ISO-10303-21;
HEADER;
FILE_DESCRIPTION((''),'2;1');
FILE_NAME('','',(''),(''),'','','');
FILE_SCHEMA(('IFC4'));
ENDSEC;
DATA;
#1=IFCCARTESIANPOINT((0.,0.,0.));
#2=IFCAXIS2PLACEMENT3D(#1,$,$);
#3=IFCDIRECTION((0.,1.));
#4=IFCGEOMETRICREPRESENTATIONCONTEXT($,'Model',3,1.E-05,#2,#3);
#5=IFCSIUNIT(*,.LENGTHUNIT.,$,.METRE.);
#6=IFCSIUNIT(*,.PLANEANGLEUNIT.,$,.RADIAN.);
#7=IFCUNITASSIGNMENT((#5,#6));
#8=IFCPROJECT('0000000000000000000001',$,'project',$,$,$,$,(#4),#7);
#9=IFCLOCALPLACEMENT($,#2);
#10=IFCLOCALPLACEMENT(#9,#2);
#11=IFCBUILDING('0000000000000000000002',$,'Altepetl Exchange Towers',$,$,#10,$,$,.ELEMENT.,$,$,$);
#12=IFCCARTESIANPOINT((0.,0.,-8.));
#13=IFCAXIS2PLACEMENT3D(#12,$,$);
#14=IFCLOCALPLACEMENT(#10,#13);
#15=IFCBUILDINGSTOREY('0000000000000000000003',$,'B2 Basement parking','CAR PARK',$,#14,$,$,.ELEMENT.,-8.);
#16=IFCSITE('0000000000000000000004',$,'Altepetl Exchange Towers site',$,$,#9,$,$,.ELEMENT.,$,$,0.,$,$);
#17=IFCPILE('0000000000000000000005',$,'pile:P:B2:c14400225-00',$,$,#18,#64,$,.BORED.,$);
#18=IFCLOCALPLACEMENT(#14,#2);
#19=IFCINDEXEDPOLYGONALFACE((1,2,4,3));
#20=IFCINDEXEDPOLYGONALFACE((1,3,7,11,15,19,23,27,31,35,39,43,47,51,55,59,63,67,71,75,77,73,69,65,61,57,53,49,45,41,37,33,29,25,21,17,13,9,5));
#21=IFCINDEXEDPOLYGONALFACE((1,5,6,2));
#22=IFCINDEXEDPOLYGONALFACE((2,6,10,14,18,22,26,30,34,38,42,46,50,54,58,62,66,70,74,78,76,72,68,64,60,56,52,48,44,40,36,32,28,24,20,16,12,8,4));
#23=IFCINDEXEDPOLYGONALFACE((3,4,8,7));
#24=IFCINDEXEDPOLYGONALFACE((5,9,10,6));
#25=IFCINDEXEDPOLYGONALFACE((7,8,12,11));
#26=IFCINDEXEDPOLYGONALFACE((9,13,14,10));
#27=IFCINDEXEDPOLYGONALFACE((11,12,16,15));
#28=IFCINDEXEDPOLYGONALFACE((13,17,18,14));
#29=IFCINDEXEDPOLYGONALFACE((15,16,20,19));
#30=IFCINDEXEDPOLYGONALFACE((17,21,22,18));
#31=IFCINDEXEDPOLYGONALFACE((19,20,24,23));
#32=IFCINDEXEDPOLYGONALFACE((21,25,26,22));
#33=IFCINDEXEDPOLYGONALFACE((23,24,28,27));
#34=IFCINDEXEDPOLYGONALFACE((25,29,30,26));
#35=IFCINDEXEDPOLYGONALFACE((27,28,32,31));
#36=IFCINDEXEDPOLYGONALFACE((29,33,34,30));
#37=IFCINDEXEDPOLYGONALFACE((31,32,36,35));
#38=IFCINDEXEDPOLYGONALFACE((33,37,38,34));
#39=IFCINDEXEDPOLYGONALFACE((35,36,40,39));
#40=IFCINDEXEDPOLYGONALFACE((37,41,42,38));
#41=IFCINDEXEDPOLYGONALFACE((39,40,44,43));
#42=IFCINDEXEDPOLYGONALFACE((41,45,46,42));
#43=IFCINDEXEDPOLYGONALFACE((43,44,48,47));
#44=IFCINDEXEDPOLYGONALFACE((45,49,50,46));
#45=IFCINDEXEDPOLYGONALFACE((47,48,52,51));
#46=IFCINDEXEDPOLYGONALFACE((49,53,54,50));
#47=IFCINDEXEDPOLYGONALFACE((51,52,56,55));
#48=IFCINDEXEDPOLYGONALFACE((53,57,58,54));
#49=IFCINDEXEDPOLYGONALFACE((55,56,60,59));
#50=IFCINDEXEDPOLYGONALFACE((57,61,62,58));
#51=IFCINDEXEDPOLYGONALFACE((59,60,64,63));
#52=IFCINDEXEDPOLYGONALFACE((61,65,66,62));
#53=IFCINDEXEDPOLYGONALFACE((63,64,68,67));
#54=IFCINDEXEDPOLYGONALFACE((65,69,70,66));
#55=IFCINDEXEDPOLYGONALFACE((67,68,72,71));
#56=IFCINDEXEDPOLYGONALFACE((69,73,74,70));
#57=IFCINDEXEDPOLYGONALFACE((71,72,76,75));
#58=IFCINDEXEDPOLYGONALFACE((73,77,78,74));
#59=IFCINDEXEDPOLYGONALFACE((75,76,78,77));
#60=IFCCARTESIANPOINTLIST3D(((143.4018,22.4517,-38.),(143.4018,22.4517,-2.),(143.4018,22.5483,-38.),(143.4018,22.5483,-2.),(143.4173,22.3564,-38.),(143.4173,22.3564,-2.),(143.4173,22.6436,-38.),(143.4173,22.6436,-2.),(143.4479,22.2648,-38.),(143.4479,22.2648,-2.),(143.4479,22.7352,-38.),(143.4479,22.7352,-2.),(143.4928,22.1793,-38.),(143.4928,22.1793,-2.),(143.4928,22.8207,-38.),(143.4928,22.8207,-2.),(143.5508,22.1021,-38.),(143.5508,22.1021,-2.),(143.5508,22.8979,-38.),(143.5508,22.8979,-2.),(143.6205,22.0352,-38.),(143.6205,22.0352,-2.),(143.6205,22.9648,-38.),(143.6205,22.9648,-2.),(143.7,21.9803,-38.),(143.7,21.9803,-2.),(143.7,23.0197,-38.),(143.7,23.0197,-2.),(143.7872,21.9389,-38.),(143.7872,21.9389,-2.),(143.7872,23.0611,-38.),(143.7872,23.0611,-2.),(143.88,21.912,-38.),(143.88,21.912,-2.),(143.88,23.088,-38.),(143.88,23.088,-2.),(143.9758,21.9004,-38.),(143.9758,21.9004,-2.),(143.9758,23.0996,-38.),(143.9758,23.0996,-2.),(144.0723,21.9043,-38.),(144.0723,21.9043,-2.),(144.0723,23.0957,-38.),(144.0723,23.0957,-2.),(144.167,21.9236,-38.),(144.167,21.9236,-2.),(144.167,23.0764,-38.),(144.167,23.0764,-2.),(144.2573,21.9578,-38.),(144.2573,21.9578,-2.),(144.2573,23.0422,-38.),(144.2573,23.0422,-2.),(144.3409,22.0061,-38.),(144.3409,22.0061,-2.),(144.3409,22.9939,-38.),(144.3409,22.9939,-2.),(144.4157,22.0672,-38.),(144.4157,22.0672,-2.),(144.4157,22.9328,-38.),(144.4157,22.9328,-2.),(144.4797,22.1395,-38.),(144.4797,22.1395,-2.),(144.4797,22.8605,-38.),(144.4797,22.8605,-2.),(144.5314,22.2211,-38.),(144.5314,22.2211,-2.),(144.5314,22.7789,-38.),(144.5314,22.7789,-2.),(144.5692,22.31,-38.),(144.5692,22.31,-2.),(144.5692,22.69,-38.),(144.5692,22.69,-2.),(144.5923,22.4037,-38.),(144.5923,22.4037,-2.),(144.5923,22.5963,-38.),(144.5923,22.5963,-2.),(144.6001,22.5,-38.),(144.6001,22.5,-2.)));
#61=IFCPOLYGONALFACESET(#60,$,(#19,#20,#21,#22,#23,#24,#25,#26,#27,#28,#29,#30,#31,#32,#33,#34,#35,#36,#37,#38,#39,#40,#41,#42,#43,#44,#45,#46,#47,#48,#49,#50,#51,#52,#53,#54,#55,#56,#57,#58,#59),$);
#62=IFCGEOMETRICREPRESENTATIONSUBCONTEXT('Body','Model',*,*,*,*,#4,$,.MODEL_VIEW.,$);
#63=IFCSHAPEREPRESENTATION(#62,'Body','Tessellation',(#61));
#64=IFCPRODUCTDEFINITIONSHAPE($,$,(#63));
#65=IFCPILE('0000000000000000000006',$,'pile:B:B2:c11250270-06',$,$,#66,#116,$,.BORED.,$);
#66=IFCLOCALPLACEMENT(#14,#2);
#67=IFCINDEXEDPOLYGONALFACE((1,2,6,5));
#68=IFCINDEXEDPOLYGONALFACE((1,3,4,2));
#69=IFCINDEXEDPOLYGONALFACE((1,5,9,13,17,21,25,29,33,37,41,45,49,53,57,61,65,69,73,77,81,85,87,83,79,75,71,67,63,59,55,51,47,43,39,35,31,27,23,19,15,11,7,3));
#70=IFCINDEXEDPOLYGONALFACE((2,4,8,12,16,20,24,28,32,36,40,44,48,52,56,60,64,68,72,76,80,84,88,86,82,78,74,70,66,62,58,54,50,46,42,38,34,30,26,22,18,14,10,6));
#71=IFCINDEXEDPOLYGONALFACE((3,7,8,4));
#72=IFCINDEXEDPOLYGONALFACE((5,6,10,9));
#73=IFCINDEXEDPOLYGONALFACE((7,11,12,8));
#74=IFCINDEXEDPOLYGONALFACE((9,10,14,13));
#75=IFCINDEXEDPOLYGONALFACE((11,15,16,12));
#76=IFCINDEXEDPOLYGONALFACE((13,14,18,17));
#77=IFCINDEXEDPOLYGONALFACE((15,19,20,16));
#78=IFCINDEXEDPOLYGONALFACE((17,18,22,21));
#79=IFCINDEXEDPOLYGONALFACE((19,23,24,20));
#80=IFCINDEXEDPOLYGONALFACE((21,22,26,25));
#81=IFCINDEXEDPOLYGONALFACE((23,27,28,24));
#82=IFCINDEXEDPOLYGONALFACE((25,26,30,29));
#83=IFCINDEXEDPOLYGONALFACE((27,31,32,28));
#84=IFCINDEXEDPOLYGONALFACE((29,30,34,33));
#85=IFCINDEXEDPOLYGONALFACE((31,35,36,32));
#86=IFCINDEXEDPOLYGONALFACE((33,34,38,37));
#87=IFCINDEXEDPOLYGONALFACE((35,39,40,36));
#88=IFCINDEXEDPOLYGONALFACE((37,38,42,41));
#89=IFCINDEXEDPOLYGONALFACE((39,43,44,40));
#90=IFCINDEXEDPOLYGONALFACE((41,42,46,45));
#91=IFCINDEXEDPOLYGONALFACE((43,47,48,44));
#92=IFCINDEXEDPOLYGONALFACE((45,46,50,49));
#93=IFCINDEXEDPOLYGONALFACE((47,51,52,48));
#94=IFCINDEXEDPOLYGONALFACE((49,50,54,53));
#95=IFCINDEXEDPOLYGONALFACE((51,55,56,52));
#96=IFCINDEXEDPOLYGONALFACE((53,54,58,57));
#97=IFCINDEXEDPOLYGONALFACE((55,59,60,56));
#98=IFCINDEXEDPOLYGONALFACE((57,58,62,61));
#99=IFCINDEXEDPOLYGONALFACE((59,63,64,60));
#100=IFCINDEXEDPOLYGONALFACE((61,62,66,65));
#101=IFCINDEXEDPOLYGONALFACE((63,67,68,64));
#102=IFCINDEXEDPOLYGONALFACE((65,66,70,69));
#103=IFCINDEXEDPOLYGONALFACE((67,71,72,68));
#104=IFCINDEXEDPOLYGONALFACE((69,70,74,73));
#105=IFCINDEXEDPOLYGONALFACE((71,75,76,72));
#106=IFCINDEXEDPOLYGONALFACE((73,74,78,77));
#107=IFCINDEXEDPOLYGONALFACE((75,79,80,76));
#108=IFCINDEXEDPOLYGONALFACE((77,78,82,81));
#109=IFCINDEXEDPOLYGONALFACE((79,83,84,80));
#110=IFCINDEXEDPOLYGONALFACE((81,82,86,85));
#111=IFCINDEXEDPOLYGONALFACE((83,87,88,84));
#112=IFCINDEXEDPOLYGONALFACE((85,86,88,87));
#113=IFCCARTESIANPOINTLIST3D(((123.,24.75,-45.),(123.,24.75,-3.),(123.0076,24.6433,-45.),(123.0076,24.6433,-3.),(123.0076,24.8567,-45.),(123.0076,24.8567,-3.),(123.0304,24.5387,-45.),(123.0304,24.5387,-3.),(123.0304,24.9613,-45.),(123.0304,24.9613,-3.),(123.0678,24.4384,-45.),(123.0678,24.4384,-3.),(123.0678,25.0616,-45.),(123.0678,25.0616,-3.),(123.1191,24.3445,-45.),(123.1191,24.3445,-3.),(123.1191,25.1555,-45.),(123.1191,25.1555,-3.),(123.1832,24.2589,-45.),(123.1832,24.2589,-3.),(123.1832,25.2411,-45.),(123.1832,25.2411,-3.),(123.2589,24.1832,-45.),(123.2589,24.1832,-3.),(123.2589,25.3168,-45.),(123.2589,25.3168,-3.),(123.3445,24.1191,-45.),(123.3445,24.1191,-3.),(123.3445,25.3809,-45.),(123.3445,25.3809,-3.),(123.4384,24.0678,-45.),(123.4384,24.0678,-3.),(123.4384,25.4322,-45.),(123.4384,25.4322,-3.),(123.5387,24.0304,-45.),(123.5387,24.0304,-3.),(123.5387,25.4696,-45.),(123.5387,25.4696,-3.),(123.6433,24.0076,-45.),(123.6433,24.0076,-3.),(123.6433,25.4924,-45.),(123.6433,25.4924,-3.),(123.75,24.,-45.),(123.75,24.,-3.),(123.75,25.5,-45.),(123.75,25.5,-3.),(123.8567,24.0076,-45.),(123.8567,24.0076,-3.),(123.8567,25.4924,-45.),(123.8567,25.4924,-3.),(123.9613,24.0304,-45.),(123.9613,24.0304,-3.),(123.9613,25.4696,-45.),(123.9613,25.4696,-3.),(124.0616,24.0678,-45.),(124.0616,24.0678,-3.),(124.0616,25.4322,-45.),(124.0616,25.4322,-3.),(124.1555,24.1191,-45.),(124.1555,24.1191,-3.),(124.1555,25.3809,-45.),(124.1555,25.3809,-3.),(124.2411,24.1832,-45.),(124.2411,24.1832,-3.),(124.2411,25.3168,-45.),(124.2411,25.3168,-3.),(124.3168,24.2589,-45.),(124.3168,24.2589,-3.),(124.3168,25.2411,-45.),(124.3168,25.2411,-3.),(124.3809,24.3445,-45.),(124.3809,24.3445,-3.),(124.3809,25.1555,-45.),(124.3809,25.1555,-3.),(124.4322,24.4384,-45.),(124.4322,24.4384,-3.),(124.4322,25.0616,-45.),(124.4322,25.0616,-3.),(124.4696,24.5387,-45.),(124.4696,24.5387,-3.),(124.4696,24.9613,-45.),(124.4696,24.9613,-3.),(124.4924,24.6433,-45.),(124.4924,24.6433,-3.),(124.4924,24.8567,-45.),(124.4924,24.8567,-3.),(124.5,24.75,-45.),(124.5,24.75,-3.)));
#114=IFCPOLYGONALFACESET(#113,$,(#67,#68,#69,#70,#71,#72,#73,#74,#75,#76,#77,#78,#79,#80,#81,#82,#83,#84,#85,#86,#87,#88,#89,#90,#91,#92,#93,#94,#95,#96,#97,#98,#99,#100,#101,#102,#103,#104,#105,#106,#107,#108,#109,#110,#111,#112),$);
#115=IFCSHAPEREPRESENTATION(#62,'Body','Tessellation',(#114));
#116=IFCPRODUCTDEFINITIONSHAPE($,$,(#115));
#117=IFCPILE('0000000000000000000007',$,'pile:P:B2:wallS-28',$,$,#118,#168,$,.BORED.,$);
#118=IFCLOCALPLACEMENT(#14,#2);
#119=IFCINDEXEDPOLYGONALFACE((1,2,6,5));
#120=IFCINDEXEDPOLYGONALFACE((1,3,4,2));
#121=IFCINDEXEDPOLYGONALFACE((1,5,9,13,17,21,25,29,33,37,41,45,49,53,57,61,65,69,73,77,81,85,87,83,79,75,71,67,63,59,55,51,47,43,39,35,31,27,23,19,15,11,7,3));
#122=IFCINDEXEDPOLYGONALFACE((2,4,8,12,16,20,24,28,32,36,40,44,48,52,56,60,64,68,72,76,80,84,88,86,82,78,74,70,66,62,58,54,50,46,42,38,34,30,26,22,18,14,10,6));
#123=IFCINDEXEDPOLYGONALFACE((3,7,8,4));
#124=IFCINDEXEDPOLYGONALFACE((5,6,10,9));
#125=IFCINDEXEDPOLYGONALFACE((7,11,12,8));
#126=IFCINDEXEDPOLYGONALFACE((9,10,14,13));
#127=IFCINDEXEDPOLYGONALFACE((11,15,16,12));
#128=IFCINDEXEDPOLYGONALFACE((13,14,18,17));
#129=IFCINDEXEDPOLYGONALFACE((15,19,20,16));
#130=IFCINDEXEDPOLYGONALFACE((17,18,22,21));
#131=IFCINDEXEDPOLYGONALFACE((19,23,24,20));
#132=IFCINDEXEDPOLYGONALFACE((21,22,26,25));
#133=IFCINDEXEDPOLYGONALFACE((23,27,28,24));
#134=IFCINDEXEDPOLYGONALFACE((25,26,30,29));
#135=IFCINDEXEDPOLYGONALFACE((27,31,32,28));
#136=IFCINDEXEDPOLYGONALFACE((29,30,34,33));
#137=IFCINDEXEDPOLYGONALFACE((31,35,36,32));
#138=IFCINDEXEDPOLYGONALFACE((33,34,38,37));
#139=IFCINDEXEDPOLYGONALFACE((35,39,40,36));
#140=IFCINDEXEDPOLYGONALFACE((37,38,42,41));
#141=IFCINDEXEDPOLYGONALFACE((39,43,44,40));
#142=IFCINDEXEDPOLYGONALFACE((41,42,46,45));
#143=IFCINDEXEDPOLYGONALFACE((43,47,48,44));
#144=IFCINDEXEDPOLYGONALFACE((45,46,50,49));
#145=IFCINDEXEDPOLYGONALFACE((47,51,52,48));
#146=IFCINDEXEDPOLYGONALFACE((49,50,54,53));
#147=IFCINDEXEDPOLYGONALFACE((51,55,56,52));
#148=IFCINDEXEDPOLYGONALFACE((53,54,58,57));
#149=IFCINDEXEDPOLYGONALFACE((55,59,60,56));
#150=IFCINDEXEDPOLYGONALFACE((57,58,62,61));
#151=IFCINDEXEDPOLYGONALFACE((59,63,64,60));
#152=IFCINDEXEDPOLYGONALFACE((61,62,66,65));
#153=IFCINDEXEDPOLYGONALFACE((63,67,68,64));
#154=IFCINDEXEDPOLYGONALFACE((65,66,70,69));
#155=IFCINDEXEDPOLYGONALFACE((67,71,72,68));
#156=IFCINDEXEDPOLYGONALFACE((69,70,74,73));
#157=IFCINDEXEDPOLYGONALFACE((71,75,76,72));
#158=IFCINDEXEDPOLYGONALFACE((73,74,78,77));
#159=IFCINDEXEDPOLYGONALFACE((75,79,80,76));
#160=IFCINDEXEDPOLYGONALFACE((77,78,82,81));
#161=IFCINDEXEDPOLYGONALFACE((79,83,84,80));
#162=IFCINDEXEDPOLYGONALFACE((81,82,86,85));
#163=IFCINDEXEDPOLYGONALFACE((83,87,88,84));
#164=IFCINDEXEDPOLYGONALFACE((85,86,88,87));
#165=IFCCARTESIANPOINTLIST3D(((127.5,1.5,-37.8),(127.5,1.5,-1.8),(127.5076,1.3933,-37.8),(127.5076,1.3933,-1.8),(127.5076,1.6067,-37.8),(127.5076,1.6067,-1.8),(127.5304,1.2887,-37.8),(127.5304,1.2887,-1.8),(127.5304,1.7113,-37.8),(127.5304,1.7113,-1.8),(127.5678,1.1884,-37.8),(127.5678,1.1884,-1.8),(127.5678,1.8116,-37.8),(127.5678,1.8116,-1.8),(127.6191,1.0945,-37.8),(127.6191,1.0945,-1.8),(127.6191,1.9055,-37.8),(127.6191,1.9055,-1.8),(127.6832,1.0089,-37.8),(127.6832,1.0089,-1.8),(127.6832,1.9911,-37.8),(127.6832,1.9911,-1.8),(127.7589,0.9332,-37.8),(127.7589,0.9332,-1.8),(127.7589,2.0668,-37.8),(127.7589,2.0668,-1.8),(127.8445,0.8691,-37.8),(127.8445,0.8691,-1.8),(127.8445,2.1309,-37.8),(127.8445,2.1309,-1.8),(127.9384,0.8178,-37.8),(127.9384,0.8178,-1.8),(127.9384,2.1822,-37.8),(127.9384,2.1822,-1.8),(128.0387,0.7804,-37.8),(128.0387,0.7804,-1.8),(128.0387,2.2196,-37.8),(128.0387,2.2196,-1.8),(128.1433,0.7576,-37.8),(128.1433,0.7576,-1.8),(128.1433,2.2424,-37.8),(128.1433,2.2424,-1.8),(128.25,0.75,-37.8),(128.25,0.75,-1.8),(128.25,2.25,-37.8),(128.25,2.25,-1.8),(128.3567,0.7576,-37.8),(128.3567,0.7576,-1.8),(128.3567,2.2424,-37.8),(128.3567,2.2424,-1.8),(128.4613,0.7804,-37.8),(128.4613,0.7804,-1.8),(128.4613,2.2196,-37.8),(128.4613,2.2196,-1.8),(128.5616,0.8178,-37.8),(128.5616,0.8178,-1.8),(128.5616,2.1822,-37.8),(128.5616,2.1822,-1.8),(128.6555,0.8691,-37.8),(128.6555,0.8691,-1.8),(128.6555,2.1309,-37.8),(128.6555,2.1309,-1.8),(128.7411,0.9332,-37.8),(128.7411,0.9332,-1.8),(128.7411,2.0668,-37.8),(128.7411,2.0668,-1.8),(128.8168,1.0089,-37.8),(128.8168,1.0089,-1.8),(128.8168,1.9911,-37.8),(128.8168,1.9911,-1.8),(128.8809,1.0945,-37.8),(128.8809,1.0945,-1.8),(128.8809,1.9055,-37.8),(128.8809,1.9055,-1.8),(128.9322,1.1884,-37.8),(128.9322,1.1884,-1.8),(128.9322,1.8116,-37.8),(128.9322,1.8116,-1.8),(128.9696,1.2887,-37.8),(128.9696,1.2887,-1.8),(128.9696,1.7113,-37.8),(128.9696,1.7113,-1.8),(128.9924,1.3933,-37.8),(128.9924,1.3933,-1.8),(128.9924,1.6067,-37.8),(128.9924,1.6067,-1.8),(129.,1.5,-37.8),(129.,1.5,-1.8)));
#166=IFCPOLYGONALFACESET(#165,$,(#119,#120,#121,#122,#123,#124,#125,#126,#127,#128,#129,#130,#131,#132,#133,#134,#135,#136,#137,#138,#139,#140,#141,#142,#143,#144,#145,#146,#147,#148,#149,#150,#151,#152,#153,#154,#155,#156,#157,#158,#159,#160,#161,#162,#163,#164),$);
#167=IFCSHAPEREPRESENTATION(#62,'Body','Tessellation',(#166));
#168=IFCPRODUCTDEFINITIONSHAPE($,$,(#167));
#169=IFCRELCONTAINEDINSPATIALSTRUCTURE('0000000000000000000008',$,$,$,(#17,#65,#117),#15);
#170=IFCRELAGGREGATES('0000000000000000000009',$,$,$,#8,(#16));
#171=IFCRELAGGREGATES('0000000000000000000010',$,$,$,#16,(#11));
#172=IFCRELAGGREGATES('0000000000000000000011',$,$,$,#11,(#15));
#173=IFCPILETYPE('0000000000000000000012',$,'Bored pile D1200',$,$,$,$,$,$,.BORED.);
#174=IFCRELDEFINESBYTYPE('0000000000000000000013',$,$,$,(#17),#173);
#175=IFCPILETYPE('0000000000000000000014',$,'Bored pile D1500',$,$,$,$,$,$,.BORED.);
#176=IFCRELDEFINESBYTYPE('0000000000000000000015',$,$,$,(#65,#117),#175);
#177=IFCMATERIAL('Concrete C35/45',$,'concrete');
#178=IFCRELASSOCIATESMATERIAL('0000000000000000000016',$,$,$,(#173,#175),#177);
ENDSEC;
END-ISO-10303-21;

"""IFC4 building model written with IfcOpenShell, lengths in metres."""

from ifc_helpers import new_model, si_unit, direction, frame, origin, origin_2d, place, context, subcontext, project, spatial, circle, extrude, material, material_profile, profile_set, type_object, element, save


model = new_model("IFC4")

# Units and contexts
model_context = context("Model", 3, precision=1e-05, world=origin(), true_north=direction((0.0, 1.0)))
body_context = subcontext(model_context, "Body", "Model", "MODEL_VIEW")
ifc_project = project(units=[si_unit("LENGTHUNIT", "METRE"), si_unit("PLANEANGLEUNIT", "RADIAN")], contexts=[model_context])

# Site, building, storey
site_placement = place(None, origin())
site = spatial("IfcSite", under=ifc_project, at=site_placement, Name="Altepetl Exchange Towers site", CompositionType="ELEMENT", RefElevation=0.0)
building_placement = place(site_placement, origin())
building = spatial("IfcBuilding", under=site, at=building_placement, Name="Altepetl Exchange Towers", CompositionType="ELEMENT")
storey_placement = place(building_placement, frame((0.0, 0.0, -8.0)))
storey = spatial("IfcBuildingStorey", under=building, at=storey_placement, Name="B2 Basement parking", Description="CAR PARK", CompositionType="ELEMENT", Elevation=-8.0)

# Piles
ifc_material_1 = material(Name="Concrete C35/45", Category="concrete")
ifc_material_profile_1 = material_profile(ifc_material_1, circle(Radius=0.6001, at=origin_2d()), Name="D1200")
ifc_profile_set_1 = profile_set([ifc_material_profile_1], Name="Concrete C35/45")
pile_type_1 = type_object("IfcPileType", Name="Bored pile D1200", PredefinedType="BORED", material=ifc_profile_set_1)
for number, where, z_axis, x_axis, name in (
    (1, (144.0, 22.5, -2.0), (0.0, 0.0, -1.0), (1.0, 0.0, 0.0), "pile:P:B2:c14400225-00"),
):
    element("IfcPile", number, at=place(storey_placement, frame(where, z_axis=z_axis, x_axis=x_axis)), inside=storey, type_object=pile_type_1, Name=name, PredefinedType="BORED", context=body_context, shape_type="SweptSolid", body=[
        extrude(circle(Radius=0.6001, at=origin_2d()), origin(), (0.0, 0.0, 1.0), 36.0),
    ])
ifc_material_profile_2 = material_profile(ifc_material_1, circle(Radius=0.75, at=origin_2d()), Name="D1500")
ifc_profile_set_2 = profile_set([ifc_material_profile_2], Name="Concrete C35/45")
pile_type_2 = type_object("IfcPileType", Name="Bored pile D1500", PredefinedType="BORED", material=ifc_profile_set_2)
pile_placement = place(storey_placement, frame((123.75, 24.75, -3.0), z_axis=(0.0, 0.0, -1.0), x_axis=(1.0, 0.0, 0.0)))
element("IfcPile", 2, at=pile_placement, inside=storey, type_object=pile_type_2, Name="pile:B:B2:c11250270-06", PredefinedType="BORED", context=body_context, shape_type="SweptSolid", body=[
    extrude(circle(Radius=0.75, at=origin_2d()), origin(), (0.0, 0.0, 1.0), 42.0),
])
for number, where, z_axis, x_axis, name in (
    (3, (128.25, 1.5, -1.8), (0.0, 0.0, -1.0), (1.0, 0.0, 0.0), "pile:P:B2:wallS-28"),
):
    element("IfcPile", number, at=place(storey_placement, frame(where, z_axis=z_axis, x_axis=x_axis)), inside=storey, type_object=pile_type_2, Name=name, PredefinedType="BORED", context=body_context, shape_type="SweptSolid", body=[
        extrude(circle(Radius=0.75, at=origin_2d()), origin(), (0.0, 0.0, 1.0), 36.0),
    ])

save(model, "model.ifc")
